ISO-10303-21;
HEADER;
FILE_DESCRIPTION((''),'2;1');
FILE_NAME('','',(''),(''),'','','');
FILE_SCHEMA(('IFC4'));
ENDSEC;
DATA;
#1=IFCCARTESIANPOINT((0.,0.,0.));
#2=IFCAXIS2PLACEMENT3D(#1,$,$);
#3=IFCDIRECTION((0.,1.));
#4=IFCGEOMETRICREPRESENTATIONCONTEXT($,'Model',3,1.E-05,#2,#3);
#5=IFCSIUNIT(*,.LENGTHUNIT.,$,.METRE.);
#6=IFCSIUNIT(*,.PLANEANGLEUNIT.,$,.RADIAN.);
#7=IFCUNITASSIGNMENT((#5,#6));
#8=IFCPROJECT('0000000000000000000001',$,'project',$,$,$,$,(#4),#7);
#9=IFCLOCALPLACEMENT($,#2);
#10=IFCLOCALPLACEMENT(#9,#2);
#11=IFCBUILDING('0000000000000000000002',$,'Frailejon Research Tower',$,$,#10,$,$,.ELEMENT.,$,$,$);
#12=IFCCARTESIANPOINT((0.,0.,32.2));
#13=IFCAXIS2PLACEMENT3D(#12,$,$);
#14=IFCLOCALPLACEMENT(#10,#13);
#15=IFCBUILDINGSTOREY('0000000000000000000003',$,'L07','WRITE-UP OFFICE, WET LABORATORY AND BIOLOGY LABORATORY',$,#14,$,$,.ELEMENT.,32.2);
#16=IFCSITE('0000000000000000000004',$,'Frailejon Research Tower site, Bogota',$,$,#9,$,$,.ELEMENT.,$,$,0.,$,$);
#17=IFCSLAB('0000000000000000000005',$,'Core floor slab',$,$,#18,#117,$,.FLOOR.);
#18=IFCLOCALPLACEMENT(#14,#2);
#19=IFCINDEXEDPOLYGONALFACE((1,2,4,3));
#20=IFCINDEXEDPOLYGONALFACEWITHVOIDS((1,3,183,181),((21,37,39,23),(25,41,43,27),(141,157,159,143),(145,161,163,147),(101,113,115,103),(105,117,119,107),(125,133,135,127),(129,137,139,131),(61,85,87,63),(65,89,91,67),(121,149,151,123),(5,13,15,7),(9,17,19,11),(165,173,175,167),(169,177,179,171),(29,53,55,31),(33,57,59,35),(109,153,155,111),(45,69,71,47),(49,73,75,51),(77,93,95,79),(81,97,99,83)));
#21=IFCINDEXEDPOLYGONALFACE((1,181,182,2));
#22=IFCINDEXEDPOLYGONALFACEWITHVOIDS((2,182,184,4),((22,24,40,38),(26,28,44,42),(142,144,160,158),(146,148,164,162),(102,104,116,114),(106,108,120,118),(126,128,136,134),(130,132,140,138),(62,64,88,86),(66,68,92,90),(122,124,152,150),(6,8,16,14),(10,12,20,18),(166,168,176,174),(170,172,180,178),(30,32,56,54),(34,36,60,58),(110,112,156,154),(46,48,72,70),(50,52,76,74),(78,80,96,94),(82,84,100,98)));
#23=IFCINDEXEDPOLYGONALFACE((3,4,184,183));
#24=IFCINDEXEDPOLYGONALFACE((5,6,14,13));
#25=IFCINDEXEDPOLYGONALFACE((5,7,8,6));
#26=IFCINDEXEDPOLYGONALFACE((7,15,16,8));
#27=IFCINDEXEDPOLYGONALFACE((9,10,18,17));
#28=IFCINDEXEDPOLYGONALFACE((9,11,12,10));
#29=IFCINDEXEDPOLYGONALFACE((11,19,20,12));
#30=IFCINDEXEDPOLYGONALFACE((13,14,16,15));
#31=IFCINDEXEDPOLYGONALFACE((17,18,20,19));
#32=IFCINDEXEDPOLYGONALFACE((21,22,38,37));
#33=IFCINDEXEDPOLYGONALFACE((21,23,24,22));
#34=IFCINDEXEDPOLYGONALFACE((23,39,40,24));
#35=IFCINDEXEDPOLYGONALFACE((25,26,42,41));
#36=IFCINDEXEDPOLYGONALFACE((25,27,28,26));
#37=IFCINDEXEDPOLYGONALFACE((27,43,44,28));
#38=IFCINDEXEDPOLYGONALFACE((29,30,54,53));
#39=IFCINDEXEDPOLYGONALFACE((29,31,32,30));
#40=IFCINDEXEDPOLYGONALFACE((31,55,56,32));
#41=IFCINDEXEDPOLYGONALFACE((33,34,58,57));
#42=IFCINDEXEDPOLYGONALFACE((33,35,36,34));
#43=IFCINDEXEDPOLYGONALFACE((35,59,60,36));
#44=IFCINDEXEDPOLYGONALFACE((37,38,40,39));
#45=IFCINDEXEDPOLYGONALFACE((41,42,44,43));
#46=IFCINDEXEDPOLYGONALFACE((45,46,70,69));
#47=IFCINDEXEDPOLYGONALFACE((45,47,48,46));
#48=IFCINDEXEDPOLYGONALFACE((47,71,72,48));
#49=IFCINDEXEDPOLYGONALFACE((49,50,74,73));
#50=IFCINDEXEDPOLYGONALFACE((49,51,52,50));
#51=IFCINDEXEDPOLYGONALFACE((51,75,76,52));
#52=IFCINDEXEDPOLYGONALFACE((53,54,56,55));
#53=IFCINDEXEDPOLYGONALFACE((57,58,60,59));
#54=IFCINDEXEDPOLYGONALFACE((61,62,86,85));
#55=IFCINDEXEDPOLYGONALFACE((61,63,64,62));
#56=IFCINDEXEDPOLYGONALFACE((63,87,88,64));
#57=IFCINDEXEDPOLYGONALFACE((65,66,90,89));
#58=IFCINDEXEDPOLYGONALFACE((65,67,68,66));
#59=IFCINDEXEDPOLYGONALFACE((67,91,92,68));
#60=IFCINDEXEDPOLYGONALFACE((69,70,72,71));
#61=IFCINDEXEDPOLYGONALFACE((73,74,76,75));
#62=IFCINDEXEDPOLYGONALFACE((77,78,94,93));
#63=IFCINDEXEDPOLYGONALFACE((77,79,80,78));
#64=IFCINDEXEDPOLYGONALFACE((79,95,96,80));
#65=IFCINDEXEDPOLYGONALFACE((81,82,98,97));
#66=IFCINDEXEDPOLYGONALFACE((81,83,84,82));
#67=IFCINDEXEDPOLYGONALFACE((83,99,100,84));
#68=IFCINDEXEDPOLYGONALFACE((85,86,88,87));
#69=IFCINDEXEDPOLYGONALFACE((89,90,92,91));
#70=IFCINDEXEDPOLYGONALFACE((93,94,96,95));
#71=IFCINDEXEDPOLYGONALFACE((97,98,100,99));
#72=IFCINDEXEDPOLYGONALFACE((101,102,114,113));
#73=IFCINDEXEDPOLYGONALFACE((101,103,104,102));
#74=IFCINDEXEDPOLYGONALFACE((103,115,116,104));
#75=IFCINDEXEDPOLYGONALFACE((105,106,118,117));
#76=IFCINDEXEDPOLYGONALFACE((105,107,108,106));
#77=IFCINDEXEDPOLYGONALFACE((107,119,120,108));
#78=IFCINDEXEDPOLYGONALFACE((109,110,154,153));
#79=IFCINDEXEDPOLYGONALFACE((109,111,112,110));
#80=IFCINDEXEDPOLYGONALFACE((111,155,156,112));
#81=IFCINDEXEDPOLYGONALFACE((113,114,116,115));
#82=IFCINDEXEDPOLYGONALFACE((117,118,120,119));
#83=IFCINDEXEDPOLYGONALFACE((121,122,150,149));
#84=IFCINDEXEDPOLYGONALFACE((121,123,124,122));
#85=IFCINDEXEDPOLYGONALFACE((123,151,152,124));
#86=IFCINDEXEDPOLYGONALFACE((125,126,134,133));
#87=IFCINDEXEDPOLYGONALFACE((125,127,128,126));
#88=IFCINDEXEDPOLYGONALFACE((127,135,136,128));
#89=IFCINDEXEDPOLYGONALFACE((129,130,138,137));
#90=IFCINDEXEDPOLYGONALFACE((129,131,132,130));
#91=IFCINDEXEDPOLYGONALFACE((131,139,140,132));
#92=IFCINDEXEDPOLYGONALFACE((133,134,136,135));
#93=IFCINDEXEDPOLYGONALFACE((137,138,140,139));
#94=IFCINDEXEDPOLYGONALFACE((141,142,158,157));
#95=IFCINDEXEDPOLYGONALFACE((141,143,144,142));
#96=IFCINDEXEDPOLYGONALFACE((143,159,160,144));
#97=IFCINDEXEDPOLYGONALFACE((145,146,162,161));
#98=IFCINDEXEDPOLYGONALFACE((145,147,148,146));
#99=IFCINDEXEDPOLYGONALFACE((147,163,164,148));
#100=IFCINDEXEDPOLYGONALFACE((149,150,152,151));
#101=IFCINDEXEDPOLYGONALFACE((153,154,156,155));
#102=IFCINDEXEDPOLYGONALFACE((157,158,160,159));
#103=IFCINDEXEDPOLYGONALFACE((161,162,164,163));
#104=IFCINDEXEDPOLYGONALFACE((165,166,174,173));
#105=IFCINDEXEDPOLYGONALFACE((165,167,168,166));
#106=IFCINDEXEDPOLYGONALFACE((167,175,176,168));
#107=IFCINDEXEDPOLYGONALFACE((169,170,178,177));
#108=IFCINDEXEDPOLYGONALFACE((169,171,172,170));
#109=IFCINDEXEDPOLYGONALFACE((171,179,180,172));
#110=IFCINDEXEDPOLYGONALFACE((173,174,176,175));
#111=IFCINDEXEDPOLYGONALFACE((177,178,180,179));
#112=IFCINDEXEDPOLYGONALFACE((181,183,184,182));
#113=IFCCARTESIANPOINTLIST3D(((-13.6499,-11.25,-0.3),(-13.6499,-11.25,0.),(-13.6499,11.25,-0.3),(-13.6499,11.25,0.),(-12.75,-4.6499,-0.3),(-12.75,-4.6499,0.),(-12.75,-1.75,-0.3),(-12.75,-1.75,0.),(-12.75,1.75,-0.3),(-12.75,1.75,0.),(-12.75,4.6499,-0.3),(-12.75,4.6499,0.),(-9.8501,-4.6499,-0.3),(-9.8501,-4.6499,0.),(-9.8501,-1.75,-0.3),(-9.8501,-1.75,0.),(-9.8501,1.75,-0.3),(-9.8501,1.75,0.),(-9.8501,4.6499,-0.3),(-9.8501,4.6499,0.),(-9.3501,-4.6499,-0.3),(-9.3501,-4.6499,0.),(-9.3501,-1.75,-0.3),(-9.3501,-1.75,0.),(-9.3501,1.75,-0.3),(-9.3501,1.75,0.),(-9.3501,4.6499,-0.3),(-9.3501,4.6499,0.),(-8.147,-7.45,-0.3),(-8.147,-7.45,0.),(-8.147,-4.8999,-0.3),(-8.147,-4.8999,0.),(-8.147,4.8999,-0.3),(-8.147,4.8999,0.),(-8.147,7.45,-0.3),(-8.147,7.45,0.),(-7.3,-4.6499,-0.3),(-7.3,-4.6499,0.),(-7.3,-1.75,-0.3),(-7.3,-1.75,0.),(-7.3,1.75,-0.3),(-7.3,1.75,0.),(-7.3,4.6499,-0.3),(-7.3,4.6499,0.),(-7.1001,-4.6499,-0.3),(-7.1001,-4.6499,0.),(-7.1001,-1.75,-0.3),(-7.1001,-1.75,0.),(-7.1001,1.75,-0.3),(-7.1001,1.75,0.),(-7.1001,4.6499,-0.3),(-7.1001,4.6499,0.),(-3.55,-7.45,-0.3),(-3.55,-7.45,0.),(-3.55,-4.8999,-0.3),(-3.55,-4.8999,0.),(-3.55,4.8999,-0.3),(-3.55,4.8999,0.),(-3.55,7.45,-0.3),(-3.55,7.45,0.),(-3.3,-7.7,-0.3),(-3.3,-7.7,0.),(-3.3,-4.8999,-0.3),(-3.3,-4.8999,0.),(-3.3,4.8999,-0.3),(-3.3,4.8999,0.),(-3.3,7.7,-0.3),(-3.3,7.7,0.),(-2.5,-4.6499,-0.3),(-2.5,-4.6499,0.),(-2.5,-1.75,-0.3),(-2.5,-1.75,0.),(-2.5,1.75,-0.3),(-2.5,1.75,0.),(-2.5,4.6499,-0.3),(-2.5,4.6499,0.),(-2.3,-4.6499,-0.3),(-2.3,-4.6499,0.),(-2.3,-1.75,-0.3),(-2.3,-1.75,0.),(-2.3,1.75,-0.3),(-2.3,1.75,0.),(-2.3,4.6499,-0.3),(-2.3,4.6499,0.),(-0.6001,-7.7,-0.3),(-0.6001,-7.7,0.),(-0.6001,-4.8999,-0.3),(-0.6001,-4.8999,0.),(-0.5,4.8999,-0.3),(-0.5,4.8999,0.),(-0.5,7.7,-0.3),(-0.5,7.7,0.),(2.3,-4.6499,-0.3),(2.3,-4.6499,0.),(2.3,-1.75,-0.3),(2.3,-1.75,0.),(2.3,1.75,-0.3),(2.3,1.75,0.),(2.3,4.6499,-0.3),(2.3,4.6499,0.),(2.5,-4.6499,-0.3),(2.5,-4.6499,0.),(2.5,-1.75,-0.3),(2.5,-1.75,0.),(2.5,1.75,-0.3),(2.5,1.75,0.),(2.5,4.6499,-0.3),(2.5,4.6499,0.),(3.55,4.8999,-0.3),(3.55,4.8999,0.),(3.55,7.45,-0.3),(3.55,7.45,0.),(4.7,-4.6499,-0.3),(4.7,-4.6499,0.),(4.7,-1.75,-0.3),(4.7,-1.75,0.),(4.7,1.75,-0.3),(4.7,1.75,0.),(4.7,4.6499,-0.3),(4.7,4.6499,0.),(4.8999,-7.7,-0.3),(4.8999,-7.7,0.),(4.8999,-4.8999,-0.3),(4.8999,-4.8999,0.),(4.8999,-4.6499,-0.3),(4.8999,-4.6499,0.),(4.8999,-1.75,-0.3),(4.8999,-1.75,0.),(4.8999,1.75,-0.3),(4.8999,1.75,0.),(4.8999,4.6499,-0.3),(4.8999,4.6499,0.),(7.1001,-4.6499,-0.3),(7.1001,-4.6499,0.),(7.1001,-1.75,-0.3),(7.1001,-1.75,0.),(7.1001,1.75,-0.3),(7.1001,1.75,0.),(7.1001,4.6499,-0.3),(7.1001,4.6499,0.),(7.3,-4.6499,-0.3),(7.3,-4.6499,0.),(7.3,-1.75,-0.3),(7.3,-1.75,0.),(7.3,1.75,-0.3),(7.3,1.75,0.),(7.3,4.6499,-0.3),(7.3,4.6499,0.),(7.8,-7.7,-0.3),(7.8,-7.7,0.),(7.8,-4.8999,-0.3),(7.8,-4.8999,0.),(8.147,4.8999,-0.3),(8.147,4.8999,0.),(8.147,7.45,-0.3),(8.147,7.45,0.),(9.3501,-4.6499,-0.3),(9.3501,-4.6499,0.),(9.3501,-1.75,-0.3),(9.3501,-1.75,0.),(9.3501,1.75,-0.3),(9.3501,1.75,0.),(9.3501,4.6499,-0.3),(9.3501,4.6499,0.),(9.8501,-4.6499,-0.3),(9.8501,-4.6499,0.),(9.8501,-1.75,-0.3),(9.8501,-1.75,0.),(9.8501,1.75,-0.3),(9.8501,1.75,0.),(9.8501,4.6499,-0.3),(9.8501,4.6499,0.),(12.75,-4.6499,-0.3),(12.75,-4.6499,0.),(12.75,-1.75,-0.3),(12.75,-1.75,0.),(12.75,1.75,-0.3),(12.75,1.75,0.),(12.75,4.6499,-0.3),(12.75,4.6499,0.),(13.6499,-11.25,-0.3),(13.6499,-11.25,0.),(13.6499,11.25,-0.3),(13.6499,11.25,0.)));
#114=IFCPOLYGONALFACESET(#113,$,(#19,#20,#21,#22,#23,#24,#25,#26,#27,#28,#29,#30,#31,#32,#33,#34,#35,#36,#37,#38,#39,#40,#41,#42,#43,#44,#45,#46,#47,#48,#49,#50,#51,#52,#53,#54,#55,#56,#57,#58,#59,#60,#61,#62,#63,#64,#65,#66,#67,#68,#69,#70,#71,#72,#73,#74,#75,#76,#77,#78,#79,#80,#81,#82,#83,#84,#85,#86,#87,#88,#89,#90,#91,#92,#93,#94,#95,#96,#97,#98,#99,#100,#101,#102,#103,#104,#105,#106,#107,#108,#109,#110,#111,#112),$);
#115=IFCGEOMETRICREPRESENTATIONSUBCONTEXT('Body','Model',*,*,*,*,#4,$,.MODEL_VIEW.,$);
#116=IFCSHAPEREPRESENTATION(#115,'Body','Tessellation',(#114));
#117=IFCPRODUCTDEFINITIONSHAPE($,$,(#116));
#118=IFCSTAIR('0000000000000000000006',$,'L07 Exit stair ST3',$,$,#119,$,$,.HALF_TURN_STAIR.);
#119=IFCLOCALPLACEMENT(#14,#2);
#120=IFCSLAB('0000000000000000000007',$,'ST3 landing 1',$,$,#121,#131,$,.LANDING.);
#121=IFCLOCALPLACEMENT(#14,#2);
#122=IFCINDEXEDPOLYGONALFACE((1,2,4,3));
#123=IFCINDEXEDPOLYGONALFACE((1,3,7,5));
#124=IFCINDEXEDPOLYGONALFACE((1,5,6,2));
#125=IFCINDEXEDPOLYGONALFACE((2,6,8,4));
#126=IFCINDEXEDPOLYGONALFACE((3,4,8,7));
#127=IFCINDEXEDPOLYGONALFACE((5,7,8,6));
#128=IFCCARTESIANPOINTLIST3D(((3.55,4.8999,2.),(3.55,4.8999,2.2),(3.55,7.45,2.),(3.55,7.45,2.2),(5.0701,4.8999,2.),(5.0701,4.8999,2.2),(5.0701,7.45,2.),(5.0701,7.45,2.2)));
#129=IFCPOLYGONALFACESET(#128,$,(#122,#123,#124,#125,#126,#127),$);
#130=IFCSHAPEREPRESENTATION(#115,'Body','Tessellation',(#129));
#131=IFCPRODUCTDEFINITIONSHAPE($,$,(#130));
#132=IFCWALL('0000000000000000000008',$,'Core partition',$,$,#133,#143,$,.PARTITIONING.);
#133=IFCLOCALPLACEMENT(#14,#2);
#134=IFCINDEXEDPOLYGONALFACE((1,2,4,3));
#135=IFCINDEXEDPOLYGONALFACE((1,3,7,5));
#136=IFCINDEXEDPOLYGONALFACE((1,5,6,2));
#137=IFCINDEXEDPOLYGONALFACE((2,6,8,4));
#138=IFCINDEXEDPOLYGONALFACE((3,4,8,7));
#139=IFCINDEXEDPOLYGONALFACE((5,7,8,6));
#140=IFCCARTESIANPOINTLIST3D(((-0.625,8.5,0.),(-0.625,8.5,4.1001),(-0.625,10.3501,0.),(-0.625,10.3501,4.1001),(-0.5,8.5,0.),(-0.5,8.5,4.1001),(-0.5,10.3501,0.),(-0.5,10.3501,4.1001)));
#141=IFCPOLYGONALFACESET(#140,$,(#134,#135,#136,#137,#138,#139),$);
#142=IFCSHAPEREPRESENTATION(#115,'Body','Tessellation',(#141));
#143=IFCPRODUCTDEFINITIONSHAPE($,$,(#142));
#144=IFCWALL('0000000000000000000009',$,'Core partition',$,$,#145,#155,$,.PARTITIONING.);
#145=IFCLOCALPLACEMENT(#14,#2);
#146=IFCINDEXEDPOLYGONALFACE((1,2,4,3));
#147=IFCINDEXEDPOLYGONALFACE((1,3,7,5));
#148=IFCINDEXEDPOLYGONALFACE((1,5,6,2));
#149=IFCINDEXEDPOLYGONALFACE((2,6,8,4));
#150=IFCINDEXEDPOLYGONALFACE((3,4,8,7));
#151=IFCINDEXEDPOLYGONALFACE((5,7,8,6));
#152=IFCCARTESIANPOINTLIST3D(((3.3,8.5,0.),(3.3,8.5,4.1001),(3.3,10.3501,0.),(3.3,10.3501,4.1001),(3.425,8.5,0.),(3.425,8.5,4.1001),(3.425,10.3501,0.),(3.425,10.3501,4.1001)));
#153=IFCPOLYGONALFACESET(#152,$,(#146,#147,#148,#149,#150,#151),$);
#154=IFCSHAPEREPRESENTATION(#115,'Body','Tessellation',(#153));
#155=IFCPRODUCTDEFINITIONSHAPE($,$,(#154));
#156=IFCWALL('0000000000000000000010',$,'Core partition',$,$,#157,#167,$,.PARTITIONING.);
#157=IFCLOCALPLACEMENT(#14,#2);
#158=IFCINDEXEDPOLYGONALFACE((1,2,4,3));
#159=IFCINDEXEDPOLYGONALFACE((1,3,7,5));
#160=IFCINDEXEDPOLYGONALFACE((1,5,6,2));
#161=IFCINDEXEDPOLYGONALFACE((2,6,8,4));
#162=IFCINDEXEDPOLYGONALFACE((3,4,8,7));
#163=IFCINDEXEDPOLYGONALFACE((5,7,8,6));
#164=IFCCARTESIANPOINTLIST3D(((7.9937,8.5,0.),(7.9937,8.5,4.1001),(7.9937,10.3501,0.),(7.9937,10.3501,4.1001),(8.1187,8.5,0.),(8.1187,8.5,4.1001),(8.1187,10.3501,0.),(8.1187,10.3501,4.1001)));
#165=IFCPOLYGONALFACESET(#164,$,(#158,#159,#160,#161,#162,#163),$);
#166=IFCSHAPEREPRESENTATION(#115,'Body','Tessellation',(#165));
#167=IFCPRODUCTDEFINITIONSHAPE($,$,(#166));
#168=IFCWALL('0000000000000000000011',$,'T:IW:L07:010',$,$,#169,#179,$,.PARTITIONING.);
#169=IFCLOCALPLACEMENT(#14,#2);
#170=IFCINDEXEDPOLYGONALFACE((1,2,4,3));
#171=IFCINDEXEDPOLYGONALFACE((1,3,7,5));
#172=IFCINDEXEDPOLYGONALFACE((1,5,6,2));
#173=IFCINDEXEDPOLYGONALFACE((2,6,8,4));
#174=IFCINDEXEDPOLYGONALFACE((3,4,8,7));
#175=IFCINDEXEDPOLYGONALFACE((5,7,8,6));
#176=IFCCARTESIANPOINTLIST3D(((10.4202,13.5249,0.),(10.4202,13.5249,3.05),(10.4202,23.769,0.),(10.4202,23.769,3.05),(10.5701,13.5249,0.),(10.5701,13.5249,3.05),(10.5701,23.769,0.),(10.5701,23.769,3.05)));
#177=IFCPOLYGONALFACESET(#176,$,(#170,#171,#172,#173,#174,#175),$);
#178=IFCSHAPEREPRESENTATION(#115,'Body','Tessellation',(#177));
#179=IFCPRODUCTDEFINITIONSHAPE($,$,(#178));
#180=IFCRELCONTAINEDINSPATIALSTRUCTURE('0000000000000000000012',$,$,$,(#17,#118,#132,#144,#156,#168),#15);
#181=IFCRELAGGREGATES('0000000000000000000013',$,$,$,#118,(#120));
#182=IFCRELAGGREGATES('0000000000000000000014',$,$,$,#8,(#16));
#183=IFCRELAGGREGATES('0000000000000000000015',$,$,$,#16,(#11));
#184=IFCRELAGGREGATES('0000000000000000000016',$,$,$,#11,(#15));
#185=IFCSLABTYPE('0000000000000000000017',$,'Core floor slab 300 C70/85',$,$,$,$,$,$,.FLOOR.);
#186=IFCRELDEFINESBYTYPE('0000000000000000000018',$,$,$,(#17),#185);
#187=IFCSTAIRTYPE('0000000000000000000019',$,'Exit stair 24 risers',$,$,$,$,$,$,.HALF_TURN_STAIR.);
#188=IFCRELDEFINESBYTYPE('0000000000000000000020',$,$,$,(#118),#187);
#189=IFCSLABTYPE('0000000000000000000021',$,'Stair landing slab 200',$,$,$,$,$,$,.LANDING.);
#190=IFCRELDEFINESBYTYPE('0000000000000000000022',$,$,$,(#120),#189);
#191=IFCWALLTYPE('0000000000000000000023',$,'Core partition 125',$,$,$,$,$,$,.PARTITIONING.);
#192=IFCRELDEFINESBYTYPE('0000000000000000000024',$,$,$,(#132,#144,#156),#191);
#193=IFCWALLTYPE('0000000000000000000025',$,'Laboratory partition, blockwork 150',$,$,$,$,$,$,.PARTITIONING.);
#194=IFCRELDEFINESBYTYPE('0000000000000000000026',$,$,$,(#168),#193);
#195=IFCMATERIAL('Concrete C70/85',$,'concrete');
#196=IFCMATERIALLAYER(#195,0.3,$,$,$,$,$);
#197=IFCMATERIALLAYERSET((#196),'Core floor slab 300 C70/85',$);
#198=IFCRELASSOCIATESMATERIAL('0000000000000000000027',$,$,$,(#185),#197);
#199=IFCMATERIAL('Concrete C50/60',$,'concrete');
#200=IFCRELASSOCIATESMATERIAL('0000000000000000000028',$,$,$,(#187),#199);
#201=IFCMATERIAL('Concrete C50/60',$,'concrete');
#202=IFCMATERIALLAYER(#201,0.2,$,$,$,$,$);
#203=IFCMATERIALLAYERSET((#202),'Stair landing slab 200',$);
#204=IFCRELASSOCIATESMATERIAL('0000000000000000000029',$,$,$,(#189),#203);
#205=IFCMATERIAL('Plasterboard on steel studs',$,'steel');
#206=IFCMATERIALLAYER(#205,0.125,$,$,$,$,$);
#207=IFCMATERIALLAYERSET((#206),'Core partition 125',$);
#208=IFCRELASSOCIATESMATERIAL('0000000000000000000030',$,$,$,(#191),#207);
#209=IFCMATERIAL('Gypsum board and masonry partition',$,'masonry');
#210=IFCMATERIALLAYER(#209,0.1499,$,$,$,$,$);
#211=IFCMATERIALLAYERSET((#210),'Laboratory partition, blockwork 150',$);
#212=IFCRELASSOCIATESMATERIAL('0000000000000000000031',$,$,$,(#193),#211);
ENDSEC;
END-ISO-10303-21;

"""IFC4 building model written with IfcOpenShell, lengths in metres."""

from ifc_helpers import new_model, si_unit, direction, frame, frame_2d, origin, place, context, subcontext, project, spatial, polyline, rectangle, outline, extrude, material, layer, layer_set, type_object, element, aggregate, save


model = new_model("IFC4")

# Units and contexts
model_context = context("Model", 3, precision=1e-05, world=origin(), true_north=direction((0.0, 1.0)))
body_context = subcontext(model_context, "Body", "Model", "MODEL_VIEW")
ifc_project = project(units=[si_unit("LENGTHUNIT", "METRE"), si_unit("PLANEANGLEUNIT", "RADIAN")], contexts=[model_context])

# Site, building, storey
site_placement = place(None, origin())
site = spatial("IfcSite", under=ifc_project, at=site_placement, Name="Frailejon Research Tower site, Bogota", CompositionType="ELEMENT", RefElevation=0.0)
building_placement = place(site_placement, origin())
building = spatial("IfcBuilding", under=site, at=building_placement, Name="Frailejon Research Tower", CompositionType="ELEMENT")
storey_placement = place(building_placement, frame((0.0, 0.0, 32.2)))
storey = spatial("IfcBuildingStorey", under=building, at=storey_placement, Name="L07", Description="WRITE-UP OFFICE, WET LABORATORY AND BIOLOGY LABORATORY", CompositionType="ELEMENT", Elevation=32.2)

# Slab
ifc_material_1 = material(Name="Concrete C70/85", Category="concrete")
ifc_layer_1 = layer(ifc_material_1, 0.3)
ifc_layer_set_1 = layer_set([ifc_layer_1], Name="Core floor slab 300 C70/85")
slab_type_1 = type_object("IfcSlabType", Name="Core floor slab 300 C70/85", PredefinedType="FLOOR", material=ifc_layer_set_1)
slab_1_placement = place(storey_placement, frame((0.0, 0.0, -0.3)))
element("IfcSlab", 1, at=slab_1_placement, inside=storey, type_object=slab_type_1, Name="Core floor slab", PredefinedType="FLOOR", context=body_context, shape_type="SweptSolid", body=[
    extrude(outline(polyline([(13.6499, -11.25), (13.6499, 11.25), (-13.6499, 11.25), (-13.6499, -11.25), (13.6499, -11.25)]), holes=[polyline([(-9.8501, 1.75), (-9.8501, 4.6499), (-12.75, 4.6499), (-12.75, 1.75), (-9.8501, 1.75)]), polyline([(-7.3, 1.75), (-7.3, 4.6499), (-9.3501, 4.6499), (-9.3501, 1.75), (-7.3, 1.75)]), polyline([(-2.5, 1.75), (-2.5, 4.6499), (-7.1001, 4.6499), (-7.1001, 1.75), (-2.5, 1.75)]), polyline([(2.3, 1.75), (2.3, 4.6499), (-2.3, 4.6499), (-2.3, 1.75), (2.3, 1.75)]), polyline([(4.7, 1.75), (4.7, 4.6499), (2.5, 4.6499), (2.5, 1.75), (4.7, 1.75)]), polyline([(7.1001, 1.75), (7.1001, 4.6499), (4.8999, 4.6499), (4.8999, 1.75), (7.1001, 1.75)]), polyline([(9.3501, 1.75), (9.3501, 4.6499), (7.3, 4.6499), (7.3, 1.75), (9.3501, 1.75)]), polyline([(12.75, 1.75), (12.75, 4.6499), (9.8501, 4.6499), (9.8501, 1.75), (12.75, 1.75)]), polyline([(-9.8501, -4.6499), (-9.8501, -1.75), (-12.75, -1.75), (-12.75, -4.6499), (-9.8501, -4.6499)]), polyline([(-7.3, -4.6499), (-7.3, -1.75), (-9.3501, -1.75), (-9.3501, -4.6499), (-7.3, -4.6499)]), polyline([(-2.5, -4.6499), (-2.5, -1.75), (-7.1001, -1.75), (-7.1001, -4.6499), (-2.5, -4.6499)]), polyline([(2.3, -4.6499), (2.3, -1.75), (-2.3, -1.75), (-2.3, -4.6499), (2.3, -4.6499)]), polyline([(4.7, -4.6499), (4.7, -1.75), (2.5, -1.75), (2.5, -4.6499), (4.7, -4.6499)]), polyline([(7.1001, -4.6499), (7.1001, -1.75), (4.8999, -1.75), (4.8999, -4.6499), (7.1001, -4.6499)]), polyline([(9.3501, -4.6499), (9.3501, -1.75), (7.3, -1.75), (7.3, -4.6499), (9.3501, -4.6499)]), polyline([(12.75, -4.6499), (12.75, -1.75), (9.8501, -1.75), (9.8501, -4.6499), (12.75, -4.6499)]), polyline([(-8.147, 4.8999), (-3.55, 4.8999), (-3.55, 7.45), (-8.147, 7.45), (-8.147, 4.8999)]), polyline([(-8.147, -7.45), (-3.55, -7.45), (-3.55, -4.8999), (-8.147, -4.8999), (-8.147, -7.45)]), polyline([(8.147, 7.45), (3.55, 7.45), (3.55, 4.8999), (8.147, 4.8999), (8.147, 7.45)]), polyline([(-0.6001, -7.7), (-0.6001, -4.8999), (-3.3, -4.8999), (-3.3, -7.7), (-0.6001, -7.7)]), polyline([(7.8, -7.7), (7.8, -4.8999), (4.8999, -4.8999), (4.8999, -7.7), (7.8, -7.7)]), polyline([(-0.5, 4.8999), (-0.5, 7.7), (-3.3, 7.7), (-3.3, 4.8999), (-0.5, 4.8999)])]), origin(), (0.0, 0.0, 1.0), 0.3),
])

# Stair, slab
ifc_material_2 = material(Name="Concrete C50/60", Category="concrete")
stair_type = type_object("IfcStairType", Name="Exit stair 24 risers", PredefinedType="HALF_TURN_STAIR", material=ifc_material_2)
stair_placement = place(storey_placement, origin())
stair = element("IfcStair", 2, at=stair_placement, inside=storey, type_object=stair_type, Name="L07 Exit stair ST3", PredefinedType="HALF_TURN_STAIR")
ifc_material_3 = material(Name="Concrete C50/60", Category="concrete")
ifc_layer_2 = layer(ifc_material_3, 0.2)
ifc_layer_set_2 = layer_set([ifc_layer_2], Name="Stair landing slab 200")
slab_type_2 = type_object("IfcSlabType", Name="Stair landing slab 200", PredefinedType="LANDING", material=ifc_layer_set_2)
slab_2_placement = place(storey_placement, frame((0.0, 0.0, 2.0)))
slab_2 = element("IfcSlab", 3, at=slab_2_placement, type_object=slab_type_2, Name="ST3 landing 1", PredefinedType="LANDING", context=body_context, shape_type="SweptSolid", body=[
    extrude(outline(polyline([(5.0701, 7.45), (3.55, 7.45), (3.55, 4.8999), (5.0701, 4.8999), (5.0701, 7.45)])), origin(), (0.0, 0.0, 1.0), 0.2),
])

# Walls
ifc_material_4 = material(Name="Plasterboard on steel studs", Category="steel")
ifc_layer_3 = layer(ifc_material_4, 0.125)
ifc_layer_set_3 = layer_set([ifc_layer_3], Name="Core partition 125")
wall_type_1 = type_object("IfcWallType", Name="Core partition 125", PredefinedType="PARTITIONING", material=ifc_layer_set_3)
for number, where, z_axis, x_axis, name in (
    (4, (-0.5625, 8.5, 0.0), (0.0, 0.0, 1.0), (0.0, 1.0, 0.0), "Core partition"),
    (5, (3.3625, 8.5, 0.0), (0.0, 0.0, 1.0), (0.0, 1.0, 0.0), "Core partition"),
    (6, (8.0562, 8.5, 0.0), (0.0, 0.0, 1.0), (0.0, 1.0, 0.0), "Core partition"),
):
    element("IfcWall", number, at=place(storey_placement, frame(where, z_axis=z_axis, x_axis=x_axis)), inside=storey, type_object=wall_type_1, Name=name, PredefinedType="PARTITIONING", context=body_context, shape_type="SweptSolid", body=[
        extrude(rectangle(XDim=1.8501, YDim=0.125, at=frame_2d((0.925, 0.0))), origin(), (0.0, 0.0, 1.0), 4.1001),
    ])
ifc_material_5 = material(Name="Gypsum board and masonry partition", Category="masonry")
ifc_layer_4 = layer(ifc_material_5, 0.1499)
ifc_layer_set_4 = layer_set([ifc_layer_4], Name="Laboratory partition, blockwork 150")
wall_type_2 = type_object("IfcWallType", Name="Laboratory partition, blockwork 150", PredefinedType="PARTITIONING", material=ifc_layer_set_4)
wall_1_placement = place(storey_placement, frame((10.4951, 13.5249, 0.0), z_axis=(0.0, 0.0, 1.0), x_axis=(0.0, 1.0, 0.0)))
element("IfcWall", 7, at=wall_1_placement, inside=storey, type_object=wall_type_2, Name="T:IW:L07:010", PredefinedType="PARTITIONING", context=body_context, shape_type="SweptSolid", body=[
    extrude(rectangle(XDim=10.2441, YDim=0.1499, at=frame_2d((5.1221, 0.0))), origin(), (0.0, 0.0, 1.0), 3.05),
])

aggregate(stair, [slab_2])

save(model, "model.ifc")
